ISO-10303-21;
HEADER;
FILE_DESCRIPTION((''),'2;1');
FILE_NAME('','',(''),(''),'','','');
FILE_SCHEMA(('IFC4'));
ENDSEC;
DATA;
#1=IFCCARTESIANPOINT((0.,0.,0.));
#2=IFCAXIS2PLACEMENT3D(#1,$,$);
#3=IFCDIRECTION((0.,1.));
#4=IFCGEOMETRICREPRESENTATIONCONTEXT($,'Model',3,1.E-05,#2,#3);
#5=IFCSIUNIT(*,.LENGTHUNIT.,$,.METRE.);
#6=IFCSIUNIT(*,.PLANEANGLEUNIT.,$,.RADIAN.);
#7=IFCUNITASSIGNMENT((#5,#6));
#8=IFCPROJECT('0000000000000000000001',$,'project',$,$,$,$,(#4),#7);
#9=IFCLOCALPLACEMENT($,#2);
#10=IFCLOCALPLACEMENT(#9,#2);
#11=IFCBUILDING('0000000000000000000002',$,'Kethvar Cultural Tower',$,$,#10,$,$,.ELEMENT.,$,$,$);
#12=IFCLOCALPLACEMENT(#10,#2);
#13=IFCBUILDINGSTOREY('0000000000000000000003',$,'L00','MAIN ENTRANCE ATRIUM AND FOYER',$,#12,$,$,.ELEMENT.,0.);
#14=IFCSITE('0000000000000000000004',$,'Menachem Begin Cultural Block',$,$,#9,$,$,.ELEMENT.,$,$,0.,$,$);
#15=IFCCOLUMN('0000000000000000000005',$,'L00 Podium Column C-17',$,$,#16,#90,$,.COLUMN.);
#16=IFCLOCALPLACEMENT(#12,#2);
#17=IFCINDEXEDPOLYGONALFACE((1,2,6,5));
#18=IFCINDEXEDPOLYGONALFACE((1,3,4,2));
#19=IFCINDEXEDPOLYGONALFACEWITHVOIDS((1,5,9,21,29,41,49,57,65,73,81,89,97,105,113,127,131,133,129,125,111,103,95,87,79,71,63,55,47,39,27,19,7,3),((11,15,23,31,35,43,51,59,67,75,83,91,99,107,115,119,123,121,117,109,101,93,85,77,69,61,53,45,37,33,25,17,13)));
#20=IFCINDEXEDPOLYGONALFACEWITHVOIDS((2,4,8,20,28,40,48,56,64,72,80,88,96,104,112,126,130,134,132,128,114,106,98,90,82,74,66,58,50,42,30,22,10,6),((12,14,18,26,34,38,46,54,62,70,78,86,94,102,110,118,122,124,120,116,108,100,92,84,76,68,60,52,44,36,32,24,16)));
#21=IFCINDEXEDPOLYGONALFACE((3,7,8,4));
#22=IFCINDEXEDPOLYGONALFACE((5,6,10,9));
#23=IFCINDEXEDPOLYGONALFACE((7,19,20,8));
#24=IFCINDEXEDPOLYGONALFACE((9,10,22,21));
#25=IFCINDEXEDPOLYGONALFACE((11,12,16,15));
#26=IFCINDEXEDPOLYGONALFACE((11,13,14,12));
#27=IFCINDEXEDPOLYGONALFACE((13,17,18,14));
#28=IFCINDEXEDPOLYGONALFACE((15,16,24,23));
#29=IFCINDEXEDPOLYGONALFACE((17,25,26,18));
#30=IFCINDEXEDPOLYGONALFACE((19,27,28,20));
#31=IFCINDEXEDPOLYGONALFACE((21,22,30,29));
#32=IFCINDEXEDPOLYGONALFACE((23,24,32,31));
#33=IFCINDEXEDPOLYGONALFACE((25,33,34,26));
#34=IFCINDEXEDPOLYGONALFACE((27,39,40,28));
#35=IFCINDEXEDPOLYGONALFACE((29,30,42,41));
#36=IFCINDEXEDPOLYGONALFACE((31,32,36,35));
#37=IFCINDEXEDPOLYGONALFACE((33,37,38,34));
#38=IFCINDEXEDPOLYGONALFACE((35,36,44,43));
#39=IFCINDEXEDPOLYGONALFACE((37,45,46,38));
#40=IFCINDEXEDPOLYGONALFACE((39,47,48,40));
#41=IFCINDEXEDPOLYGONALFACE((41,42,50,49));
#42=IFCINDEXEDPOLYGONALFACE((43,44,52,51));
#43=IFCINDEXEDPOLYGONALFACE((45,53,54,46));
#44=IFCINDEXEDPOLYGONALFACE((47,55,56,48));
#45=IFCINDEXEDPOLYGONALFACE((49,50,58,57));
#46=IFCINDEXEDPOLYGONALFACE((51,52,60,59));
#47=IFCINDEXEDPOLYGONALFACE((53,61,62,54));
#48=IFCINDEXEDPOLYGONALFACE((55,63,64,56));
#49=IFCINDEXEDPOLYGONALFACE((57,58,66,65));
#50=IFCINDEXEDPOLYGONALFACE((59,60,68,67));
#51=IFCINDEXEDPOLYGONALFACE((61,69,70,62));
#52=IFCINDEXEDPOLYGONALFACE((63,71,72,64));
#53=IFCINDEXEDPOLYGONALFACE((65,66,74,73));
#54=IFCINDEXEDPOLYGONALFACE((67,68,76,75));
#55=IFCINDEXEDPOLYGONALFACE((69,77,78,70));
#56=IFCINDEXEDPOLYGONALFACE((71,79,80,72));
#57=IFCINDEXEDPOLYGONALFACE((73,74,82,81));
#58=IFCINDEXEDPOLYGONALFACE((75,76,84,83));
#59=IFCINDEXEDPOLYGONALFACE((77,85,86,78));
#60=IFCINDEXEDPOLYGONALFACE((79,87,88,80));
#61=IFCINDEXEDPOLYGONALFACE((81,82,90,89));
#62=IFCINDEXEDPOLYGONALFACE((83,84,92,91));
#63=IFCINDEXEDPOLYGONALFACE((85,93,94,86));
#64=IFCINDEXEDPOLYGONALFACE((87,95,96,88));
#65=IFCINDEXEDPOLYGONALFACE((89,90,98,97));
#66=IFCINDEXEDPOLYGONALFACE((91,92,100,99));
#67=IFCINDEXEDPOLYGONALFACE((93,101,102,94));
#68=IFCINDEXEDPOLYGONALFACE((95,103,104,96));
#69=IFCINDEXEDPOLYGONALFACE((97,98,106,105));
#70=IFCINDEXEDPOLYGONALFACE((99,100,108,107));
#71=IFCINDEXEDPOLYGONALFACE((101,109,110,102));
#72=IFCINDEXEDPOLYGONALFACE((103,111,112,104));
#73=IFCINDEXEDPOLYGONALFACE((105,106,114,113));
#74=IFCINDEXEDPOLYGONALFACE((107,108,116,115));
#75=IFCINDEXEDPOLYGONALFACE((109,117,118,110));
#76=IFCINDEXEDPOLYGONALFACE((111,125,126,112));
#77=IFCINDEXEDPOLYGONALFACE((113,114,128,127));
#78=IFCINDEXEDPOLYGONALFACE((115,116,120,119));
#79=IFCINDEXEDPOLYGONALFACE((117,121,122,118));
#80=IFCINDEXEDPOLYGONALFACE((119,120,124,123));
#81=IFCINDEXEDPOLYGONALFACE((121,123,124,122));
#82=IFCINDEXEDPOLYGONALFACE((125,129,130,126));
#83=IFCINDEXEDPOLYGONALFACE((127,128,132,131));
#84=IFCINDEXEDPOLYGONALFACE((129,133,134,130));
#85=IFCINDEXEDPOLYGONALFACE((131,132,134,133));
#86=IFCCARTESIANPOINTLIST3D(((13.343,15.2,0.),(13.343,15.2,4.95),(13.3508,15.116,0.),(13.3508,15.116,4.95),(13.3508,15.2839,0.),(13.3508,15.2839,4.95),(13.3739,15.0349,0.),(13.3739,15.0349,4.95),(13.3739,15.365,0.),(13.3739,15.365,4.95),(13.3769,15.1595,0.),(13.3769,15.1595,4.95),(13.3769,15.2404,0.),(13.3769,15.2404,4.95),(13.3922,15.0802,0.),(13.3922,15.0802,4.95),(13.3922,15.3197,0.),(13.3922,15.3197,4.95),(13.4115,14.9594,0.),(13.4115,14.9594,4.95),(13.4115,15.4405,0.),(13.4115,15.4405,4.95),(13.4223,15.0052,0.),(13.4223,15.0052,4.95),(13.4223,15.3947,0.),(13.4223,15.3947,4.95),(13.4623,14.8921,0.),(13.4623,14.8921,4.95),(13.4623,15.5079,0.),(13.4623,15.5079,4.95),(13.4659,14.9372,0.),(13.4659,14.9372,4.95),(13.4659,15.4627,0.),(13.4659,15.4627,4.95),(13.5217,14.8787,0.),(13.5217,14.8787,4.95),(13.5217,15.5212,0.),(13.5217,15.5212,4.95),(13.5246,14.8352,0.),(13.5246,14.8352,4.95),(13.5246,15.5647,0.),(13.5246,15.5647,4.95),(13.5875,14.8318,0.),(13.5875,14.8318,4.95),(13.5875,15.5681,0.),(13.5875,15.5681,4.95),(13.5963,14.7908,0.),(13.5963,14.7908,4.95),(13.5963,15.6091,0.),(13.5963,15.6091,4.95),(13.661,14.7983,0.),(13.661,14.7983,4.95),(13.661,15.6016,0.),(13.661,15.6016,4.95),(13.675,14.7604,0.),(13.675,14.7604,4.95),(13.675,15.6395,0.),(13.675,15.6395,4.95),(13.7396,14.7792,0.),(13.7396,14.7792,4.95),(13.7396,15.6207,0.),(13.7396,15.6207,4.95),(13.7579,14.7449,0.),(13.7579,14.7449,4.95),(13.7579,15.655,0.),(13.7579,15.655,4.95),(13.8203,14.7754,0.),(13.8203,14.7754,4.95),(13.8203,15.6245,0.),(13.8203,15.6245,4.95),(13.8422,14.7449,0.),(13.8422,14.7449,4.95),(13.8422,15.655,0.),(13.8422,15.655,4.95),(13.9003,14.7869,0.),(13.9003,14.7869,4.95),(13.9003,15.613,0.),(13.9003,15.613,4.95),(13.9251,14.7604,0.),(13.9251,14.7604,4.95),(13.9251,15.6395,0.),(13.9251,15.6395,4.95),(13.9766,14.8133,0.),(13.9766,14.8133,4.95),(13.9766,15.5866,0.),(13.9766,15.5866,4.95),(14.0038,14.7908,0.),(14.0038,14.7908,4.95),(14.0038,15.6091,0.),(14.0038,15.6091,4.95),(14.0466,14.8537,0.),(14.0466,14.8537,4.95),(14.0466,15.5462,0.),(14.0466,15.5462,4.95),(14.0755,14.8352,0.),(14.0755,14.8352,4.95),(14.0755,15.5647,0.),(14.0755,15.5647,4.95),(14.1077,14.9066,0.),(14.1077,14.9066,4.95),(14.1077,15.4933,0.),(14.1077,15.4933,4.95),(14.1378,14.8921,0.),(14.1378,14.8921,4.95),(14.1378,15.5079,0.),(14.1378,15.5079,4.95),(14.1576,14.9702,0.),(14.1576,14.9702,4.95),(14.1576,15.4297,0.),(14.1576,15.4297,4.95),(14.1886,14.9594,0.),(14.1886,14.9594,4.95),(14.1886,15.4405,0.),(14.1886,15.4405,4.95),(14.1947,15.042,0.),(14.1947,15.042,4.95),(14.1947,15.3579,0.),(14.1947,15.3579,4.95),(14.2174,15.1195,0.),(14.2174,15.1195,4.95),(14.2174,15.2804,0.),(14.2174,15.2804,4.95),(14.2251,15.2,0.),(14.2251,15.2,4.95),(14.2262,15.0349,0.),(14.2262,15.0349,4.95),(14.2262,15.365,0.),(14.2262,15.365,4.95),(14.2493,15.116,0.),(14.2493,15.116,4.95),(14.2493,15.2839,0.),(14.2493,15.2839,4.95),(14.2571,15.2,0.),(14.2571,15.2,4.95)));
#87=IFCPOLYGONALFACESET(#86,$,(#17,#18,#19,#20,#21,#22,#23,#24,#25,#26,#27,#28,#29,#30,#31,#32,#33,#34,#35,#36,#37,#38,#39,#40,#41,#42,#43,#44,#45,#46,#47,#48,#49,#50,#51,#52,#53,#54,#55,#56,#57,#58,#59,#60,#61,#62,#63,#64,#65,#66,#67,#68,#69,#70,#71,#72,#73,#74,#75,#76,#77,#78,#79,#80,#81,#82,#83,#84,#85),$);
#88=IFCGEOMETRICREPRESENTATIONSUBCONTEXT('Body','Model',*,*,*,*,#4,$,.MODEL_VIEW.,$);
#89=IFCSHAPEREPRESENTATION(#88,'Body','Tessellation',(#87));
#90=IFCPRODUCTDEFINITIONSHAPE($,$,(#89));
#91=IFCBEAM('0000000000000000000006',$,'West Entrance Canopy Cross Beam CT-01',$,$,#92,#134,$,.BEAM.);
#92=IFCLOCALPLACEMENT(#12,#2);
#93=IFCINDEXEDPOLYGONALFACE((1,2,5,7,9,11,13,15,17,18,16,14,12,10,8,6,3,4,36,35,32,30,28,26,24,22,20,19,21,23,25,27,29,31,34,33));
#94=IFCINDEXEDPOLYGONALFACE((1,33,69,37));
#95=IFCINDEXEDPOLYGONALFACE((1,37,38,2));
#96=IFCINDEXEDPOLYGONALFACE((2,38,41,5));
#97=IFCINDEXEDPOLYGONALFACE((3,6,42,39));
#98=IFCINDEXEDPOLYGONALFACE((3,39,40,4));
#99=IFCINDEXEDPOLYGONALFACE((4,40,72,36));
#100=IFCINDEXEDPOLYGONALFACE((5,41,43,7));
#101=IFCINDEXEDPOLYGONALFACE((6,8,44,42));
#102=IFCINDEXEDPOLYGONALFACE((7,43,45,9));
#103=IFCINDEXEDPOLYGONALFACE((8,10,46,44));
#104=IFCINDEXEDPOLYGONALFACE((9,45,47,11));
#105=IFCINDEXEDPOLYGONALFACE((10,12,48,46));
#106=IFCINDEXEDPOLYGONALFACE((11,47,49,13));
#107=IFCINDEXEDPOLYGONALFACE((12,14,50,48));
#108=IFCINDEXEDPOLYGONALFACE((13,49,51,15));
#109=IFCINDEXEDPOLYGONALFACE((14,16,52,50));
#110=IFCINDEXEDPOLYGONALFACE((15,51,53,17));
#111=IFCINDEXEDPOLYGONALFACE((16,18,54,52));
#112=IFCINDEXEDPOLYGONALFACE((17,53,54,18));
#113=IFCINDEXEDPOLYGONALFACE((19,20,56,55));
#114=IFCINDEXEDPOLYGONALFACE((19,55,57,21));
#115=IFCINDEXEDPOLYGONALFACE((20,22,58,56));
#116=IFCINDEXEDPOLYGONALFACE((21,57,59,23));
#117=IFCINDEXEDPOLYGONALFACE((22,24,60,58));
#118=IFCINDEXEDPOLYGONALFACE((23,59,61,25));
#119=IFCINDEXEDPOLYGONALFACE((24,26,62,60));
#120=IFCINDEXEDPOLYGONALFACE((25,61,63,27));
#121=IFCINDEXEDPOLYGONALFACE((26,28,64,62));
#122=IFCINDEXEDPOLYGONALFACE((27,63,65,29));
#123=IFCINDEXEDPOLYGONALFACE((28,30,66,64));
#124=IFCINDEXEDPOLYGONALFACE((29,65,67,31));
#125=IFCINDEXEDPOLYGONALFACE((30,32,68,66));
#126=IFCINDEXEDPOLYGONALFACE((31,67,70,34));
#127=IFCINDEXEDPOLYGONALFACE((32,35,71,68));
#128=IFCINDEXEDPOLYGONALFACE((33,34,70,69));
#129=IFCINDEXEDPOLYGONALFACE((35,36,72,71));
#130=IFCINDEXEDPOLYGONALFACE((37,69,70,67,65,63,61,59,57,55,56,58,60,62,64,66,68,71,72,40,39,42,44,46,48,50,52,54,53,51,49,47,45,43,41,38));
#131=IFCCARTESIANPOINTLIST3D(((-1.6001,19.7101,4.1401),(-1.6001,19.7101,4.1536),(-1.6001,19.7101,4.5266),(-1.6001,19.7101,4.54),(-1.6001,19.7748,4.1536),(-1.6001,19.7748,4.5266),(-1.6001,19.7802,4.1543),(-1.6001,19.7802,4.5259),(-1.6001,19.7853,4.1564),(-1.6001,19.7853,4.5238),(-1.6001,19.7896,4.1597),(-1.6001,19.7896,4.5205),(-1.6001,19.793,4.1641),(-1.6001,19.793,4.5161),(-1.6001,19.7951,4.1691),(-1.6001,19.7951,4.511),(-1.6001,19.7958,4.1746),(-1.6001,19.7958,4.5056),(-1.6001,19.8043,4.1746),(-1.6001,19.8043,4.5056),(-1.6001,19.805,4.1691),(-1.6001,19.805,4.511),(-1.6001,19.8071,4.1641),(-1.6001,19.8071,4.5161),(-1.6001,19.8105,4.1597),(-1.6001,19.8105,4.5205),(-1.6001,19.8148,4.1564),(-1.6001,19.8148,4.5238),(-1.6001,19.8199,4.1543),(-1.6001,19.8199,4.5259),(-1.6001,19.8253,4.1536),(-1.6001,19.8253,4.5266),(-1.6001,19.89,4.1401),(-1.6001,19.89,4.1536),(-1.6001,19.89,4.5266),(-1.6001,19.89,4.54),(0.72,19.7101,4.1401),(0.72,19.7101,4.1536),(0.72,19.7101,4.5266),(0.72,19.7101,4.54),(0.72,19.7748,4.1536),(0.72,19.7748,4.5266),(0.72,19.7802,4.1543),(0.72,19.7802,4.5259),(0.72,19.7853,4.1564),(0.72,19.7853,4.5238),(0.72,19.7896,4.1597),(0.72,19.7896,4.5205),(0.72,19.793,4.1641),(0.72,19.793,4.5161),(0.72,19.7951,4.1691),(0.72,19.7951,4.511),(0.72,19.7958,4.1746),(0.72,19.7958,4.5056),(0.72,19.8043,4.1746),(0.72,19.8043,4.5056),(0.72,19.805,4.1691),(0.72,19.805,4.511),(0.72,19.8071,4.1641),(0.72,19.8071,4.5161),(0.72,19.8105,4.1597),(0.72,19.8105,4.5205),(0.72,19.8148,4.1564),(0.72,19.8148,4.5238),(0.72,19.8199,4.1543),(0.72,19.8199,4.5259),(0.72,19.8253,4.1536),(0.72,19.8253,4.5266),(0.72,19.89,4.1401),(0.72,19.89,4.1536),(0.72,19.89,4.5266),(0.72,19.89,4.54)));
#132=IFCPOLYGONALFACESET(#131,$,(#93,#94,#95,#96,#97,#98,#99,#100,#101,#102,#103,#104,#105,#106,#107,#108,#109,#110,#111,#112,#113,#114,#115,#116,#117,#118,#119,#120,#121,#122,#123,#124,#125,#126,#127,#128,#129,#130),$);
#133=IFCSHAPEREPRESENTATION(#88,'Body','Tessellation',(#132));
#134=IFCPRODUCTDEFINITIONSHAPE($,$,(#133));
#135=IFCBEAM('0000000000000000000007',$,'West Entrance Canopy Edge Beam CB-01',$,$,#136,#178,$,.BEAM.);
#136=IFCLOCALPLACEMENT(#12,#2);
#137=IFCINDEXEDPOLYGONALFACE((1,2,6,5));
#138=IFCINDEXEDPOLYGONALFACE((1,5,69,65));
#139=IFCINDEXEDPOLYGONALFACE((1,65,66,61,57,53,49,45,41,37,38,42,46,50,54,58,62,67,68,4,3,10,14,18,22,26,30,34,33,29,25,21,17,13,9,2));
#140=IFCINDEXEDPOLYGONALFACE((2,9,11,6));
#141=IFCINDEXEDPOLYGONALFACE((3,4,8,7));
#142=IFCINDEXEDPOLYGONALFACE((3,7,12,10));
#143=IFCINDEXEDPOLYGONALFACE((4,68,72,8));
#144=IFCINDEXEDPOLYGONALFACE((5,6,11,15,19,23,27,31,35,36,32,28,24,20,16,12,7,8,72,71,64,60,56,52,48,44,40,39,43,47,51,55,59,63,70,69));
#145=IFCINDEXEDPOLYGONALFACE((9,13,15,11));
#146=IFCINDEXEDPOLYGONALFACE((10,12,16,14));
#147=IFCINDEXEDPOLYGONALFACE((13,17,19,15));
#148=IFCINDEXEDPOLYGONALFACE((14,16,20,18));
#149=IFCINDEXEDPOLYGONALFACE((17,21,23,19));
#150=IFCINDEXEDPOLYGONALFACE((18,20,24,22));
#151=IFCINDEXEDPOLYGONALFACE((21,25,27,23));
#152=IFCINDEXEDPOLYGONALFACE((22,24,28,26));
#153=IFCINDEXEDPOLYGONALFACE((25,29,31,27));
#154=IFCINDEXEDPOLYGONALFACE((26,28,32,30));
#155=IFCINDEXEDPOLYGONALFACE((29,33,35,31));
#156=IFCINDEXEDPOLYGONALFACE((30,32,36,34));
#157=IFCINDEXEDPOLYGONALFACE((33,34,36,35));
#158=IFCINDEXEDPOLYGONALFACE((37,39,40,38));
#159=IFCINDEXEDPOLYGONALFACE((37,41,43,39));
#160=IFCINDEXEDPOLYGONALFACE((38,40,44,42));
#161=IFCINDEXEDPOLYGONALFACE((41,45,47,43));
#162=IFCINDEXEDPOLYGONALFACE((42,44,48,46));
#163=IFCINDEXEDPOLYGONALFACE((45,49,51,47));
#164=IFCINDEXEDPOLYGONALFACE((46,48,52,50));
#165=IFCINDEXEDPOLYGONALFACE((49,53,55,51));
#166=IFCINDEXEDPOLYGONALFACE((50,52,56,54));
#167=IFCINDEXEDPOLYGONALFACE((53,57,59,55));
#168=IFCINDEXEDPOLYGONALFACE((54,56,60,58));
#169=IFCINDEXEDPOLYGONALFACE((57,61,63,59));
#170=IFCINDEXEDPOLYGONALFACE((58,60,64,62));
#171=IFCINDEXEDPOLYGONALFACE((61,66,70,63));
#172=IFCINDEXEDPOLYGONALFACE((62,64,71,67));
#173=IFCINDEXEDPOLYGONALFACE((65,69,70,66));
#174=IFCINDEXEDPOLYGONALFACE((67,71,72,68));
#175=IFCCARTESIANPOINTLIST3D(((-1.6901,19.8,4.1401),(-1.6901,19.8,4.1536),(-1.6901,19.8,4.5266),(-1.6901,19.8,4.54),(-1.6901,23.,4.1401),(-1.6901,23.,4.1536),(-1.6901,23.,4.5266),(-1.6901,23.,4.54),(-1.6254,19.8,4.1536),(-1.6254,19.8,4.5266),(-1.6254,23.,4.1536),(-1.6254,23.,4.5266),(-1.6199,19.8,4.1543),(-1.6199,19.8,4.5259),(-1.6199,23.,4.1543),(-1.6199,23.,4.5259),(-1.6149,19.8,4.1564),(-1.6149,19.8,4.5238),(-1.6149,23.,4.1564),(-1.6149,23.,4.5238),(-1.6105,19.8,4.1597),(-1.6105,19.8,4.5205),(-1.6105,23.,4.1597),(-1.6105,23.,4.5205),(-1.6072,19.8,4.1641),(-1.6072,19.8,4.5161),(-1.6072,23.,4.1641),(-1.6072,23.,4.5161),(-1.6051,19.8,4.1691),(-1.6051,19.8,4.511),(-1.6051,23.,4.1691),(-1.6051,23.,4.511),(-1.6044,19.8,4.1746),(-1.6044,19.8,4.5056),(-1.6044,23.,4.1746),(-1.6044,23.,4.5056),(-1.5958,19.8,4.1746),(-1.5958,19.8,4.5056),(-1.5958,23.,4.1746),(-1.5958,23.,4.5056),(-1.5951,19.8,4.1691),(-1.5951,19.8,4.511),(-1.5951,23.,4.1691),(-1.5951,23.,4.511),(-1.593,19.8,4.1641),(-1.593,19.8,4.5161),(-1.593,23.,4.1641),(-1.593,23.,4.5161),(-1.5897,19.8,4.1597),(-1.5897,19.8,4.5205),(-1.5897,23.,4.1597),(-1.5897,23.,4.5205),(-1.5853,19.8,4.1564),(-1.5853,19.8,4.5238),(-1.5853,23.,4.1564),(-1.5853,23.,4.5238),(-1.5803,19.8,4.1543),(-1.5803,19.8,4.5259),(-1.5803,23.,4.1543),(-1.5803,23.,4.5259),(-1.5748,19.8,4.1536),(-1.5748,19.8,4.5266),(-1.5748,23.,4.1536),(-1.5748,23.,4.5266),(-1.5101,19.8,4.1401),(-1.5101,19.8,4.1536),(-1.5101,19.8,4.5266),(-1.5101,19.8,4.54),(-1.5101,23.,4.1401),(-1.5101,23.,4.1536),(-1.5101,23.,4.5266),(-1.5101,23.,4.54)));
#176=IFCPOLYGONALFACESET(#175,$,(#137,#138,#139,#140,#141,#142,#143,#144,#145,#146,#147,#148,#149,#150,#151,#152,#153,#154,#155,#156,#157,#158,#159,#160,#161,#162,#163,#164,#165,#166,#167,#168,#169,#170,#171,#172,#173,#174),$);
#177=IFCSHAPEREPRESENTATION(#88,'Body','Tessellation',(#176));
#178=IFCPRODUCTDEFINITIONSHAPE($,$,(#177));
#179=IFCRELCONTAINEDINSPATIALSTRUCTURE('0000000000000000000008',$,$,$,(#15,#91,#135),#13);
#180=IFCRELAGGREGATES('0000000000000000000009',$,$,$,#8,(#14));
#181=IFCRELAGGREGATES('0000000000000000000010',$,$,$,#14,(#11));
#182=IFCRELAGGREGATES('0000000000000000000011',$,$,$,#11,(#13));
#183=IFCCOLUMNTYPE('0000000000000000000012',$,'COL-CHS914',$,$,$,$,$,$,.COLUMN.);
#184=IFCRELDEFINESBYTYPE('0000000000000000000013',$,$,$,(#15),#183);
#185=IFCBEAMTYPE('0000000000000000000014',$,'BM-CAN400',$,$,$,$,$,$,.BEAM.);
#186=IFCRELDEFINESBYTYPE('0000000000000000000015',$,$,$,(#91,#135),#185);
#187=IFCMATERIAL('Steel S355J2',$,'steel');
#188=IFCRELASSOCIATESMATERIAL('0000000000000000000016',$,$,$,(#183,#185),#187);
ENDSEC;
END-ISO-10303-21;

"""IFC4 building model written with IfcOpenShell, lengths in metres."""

from ifc_helpers import new_model, si_unit, direction, frame, origin, origin_2d, place, context, subcontext, project, spatial, hollow_circle, i_section, extrude, source, transform, mapped, material, material_profile, profile_set, type_object, element, save


model = new_model("IFC4")

# Units and contexts
model_context = context("Model", 3, precision=1e-05, world=origin(), true_north=direction((0.0, 1.0)))
body_context = subcontext(model_context, "Body", "Model", "MODEL_VIEW")
ifc_project = project(units=[si_unit("LENGTHUNIT", "METRE"), si_unit("PLANEANGLEUNIT", "RADIAN")], contexts=[model_context])

# Site, building, storey
site_placement = place(None, origin())
site = spatial("IfcSite", under=ifc_project, at=site_placement, Name="Menachem Begin Cultural Block", CompositionType="ELEMENT", RefElevation=0.0)
building_placement = place(site_placement, origin())
building = spatial("IfcBuilding", under=site, at=building_placement, Name="Kethvar Cultural Tower", CompositionType="ELEMENT")
storey_placement = place(building_placement, origin())
storey = spatial("IfcBuildingStorey", under=building, at=storey_placement, Name="L00", Description="MAIN ENTRANCE ATRIUM AND FOYER", CompositionType="ELEMENT", Elevation=0.0)

# Column
ifc_material_1 = material(Name="Steel S355J2", Category="steel")
ifc_material_profile_1 = material_profile(ifc_material_1, hollow_circle(Radius=0.457, WallThickness=0.032, at=origin_2d()), Name="Steel S355J2 — CHS914x32")
ifc_profile_set_1 = profile_set([ifc_material_profile_1], Name="Steel S355J2 — CHS914x32")
column_type_1 = type_object("IfcColumnType", Name="COL-CHS914", PredefinedType="COLUMN", material=ifc_profile_set_1)
shared_shape_1 = source(origin(), body_context, "Body", "SweptSolid", [
    extrude(hollow_circle(Radius=0.457, WallThickness=0.032, at=origin_2d()), origin(), (0.0, 0.0, 1.0), 4.95),
])
column_1_placement = place(storey_placement, frame((13.8, 15.2, 0.0), z_axis=(0.0, 0.0, 1.0), x_axis=(1.0, 0.0, 0.0)))
element("IfcColumn", 1, at=column_1_placement, inside=storey, type_object=column_type_1, Name="L00 Podium Column C-17", PredefinedType="COLUMN", context=body_context, shape_type="MappedRepresentation", body=[
    mapped(shared_shape_1, transform((0.0, 0.0, 0.0), scale=1.0)),
])

# Beams
ifc_material_profile_2 = material_profile(ifc_material_1, i_section(OverallWidth=0.1799, OverallDepth=0.3999, WebThickness=0.0085, FlangeThickness=0.0134, FilletRadius=0.021, at=origin_2d()), Name="Steel S355J2 — IPE400")
ifc_profile_set_2 = profile_set([ifc_material_profile_2], Name="Steel S355J2 — IPE400")
beam_type_1 = type_object("IfcBeamType", Name="BM-CAN400", PredefinedType="BEAM", material=ifc_profile_set_2)
shared_shape_2 = source(origin(), body_context, "Body", "SweptSolid", [
    extrude(i_section(OverallWidth=0.1799, OverallDepth=0.3999, WebThickness=0.0085, FlangeThickness=0.0134, FilletRadius=0.021, at=origin_2d()), origin(), (0.0, 0.0, 1.0), 2.3201),
])
beam_1_placement = place(storey_placement, frame((-1.6001, 19.8, 4.3401), z_axis=(1.0, 0.0, 0.0), x_axis=(0.0, 1.0, 0.0)))
element("IfcBeam", 2, at=beam_1_placement, inside=storey, type_object=beam_type_1, Name="West Entrance Canopy Cross Beam CT-01", PredefinedType="BEAM", context=body_context, shape_type="MappedRepresentation", body=[
    mapped(shared_shape_2, transform((0.0, 0.0, 0.0), scale=1.0)),
])
shared_shape_3 = source(origin(), body_context, "Body", "SweptSolid", [
    extrude(i_section(OverallWidth=0.1799, OverallDepth=0.3999, WebThickness=0.0085, FlangeThickness=0.0134, FilletRadius=0.021, at=origin_2d()), origin(), (0.0, 0.0, 1.0), 3.2),
])
for number, where, z_axis, x_axis, name in (
    (3, (-1.6001, 19.8, 4.3401), (0.0, 1.0, 0.0), (-1.0, 0.0, 0.0), "West Entrance Canopy Edge Beam CB-01"),
):
    element("IfcBeam", number, at=place(storey_placement, frame(where, z_axis=z_axis, x_axis=x_axis)), inside=storey, type_object=beam_type_1, Name=name, PredefinedType="BEAM", context=body_context, shape_type="MappedRepresentation", body=[
        mapped(shared_shape_3, transform((0.0, 0.0, 0.0), scale=1.0)),
    ])

save(model, "model.ifc")
